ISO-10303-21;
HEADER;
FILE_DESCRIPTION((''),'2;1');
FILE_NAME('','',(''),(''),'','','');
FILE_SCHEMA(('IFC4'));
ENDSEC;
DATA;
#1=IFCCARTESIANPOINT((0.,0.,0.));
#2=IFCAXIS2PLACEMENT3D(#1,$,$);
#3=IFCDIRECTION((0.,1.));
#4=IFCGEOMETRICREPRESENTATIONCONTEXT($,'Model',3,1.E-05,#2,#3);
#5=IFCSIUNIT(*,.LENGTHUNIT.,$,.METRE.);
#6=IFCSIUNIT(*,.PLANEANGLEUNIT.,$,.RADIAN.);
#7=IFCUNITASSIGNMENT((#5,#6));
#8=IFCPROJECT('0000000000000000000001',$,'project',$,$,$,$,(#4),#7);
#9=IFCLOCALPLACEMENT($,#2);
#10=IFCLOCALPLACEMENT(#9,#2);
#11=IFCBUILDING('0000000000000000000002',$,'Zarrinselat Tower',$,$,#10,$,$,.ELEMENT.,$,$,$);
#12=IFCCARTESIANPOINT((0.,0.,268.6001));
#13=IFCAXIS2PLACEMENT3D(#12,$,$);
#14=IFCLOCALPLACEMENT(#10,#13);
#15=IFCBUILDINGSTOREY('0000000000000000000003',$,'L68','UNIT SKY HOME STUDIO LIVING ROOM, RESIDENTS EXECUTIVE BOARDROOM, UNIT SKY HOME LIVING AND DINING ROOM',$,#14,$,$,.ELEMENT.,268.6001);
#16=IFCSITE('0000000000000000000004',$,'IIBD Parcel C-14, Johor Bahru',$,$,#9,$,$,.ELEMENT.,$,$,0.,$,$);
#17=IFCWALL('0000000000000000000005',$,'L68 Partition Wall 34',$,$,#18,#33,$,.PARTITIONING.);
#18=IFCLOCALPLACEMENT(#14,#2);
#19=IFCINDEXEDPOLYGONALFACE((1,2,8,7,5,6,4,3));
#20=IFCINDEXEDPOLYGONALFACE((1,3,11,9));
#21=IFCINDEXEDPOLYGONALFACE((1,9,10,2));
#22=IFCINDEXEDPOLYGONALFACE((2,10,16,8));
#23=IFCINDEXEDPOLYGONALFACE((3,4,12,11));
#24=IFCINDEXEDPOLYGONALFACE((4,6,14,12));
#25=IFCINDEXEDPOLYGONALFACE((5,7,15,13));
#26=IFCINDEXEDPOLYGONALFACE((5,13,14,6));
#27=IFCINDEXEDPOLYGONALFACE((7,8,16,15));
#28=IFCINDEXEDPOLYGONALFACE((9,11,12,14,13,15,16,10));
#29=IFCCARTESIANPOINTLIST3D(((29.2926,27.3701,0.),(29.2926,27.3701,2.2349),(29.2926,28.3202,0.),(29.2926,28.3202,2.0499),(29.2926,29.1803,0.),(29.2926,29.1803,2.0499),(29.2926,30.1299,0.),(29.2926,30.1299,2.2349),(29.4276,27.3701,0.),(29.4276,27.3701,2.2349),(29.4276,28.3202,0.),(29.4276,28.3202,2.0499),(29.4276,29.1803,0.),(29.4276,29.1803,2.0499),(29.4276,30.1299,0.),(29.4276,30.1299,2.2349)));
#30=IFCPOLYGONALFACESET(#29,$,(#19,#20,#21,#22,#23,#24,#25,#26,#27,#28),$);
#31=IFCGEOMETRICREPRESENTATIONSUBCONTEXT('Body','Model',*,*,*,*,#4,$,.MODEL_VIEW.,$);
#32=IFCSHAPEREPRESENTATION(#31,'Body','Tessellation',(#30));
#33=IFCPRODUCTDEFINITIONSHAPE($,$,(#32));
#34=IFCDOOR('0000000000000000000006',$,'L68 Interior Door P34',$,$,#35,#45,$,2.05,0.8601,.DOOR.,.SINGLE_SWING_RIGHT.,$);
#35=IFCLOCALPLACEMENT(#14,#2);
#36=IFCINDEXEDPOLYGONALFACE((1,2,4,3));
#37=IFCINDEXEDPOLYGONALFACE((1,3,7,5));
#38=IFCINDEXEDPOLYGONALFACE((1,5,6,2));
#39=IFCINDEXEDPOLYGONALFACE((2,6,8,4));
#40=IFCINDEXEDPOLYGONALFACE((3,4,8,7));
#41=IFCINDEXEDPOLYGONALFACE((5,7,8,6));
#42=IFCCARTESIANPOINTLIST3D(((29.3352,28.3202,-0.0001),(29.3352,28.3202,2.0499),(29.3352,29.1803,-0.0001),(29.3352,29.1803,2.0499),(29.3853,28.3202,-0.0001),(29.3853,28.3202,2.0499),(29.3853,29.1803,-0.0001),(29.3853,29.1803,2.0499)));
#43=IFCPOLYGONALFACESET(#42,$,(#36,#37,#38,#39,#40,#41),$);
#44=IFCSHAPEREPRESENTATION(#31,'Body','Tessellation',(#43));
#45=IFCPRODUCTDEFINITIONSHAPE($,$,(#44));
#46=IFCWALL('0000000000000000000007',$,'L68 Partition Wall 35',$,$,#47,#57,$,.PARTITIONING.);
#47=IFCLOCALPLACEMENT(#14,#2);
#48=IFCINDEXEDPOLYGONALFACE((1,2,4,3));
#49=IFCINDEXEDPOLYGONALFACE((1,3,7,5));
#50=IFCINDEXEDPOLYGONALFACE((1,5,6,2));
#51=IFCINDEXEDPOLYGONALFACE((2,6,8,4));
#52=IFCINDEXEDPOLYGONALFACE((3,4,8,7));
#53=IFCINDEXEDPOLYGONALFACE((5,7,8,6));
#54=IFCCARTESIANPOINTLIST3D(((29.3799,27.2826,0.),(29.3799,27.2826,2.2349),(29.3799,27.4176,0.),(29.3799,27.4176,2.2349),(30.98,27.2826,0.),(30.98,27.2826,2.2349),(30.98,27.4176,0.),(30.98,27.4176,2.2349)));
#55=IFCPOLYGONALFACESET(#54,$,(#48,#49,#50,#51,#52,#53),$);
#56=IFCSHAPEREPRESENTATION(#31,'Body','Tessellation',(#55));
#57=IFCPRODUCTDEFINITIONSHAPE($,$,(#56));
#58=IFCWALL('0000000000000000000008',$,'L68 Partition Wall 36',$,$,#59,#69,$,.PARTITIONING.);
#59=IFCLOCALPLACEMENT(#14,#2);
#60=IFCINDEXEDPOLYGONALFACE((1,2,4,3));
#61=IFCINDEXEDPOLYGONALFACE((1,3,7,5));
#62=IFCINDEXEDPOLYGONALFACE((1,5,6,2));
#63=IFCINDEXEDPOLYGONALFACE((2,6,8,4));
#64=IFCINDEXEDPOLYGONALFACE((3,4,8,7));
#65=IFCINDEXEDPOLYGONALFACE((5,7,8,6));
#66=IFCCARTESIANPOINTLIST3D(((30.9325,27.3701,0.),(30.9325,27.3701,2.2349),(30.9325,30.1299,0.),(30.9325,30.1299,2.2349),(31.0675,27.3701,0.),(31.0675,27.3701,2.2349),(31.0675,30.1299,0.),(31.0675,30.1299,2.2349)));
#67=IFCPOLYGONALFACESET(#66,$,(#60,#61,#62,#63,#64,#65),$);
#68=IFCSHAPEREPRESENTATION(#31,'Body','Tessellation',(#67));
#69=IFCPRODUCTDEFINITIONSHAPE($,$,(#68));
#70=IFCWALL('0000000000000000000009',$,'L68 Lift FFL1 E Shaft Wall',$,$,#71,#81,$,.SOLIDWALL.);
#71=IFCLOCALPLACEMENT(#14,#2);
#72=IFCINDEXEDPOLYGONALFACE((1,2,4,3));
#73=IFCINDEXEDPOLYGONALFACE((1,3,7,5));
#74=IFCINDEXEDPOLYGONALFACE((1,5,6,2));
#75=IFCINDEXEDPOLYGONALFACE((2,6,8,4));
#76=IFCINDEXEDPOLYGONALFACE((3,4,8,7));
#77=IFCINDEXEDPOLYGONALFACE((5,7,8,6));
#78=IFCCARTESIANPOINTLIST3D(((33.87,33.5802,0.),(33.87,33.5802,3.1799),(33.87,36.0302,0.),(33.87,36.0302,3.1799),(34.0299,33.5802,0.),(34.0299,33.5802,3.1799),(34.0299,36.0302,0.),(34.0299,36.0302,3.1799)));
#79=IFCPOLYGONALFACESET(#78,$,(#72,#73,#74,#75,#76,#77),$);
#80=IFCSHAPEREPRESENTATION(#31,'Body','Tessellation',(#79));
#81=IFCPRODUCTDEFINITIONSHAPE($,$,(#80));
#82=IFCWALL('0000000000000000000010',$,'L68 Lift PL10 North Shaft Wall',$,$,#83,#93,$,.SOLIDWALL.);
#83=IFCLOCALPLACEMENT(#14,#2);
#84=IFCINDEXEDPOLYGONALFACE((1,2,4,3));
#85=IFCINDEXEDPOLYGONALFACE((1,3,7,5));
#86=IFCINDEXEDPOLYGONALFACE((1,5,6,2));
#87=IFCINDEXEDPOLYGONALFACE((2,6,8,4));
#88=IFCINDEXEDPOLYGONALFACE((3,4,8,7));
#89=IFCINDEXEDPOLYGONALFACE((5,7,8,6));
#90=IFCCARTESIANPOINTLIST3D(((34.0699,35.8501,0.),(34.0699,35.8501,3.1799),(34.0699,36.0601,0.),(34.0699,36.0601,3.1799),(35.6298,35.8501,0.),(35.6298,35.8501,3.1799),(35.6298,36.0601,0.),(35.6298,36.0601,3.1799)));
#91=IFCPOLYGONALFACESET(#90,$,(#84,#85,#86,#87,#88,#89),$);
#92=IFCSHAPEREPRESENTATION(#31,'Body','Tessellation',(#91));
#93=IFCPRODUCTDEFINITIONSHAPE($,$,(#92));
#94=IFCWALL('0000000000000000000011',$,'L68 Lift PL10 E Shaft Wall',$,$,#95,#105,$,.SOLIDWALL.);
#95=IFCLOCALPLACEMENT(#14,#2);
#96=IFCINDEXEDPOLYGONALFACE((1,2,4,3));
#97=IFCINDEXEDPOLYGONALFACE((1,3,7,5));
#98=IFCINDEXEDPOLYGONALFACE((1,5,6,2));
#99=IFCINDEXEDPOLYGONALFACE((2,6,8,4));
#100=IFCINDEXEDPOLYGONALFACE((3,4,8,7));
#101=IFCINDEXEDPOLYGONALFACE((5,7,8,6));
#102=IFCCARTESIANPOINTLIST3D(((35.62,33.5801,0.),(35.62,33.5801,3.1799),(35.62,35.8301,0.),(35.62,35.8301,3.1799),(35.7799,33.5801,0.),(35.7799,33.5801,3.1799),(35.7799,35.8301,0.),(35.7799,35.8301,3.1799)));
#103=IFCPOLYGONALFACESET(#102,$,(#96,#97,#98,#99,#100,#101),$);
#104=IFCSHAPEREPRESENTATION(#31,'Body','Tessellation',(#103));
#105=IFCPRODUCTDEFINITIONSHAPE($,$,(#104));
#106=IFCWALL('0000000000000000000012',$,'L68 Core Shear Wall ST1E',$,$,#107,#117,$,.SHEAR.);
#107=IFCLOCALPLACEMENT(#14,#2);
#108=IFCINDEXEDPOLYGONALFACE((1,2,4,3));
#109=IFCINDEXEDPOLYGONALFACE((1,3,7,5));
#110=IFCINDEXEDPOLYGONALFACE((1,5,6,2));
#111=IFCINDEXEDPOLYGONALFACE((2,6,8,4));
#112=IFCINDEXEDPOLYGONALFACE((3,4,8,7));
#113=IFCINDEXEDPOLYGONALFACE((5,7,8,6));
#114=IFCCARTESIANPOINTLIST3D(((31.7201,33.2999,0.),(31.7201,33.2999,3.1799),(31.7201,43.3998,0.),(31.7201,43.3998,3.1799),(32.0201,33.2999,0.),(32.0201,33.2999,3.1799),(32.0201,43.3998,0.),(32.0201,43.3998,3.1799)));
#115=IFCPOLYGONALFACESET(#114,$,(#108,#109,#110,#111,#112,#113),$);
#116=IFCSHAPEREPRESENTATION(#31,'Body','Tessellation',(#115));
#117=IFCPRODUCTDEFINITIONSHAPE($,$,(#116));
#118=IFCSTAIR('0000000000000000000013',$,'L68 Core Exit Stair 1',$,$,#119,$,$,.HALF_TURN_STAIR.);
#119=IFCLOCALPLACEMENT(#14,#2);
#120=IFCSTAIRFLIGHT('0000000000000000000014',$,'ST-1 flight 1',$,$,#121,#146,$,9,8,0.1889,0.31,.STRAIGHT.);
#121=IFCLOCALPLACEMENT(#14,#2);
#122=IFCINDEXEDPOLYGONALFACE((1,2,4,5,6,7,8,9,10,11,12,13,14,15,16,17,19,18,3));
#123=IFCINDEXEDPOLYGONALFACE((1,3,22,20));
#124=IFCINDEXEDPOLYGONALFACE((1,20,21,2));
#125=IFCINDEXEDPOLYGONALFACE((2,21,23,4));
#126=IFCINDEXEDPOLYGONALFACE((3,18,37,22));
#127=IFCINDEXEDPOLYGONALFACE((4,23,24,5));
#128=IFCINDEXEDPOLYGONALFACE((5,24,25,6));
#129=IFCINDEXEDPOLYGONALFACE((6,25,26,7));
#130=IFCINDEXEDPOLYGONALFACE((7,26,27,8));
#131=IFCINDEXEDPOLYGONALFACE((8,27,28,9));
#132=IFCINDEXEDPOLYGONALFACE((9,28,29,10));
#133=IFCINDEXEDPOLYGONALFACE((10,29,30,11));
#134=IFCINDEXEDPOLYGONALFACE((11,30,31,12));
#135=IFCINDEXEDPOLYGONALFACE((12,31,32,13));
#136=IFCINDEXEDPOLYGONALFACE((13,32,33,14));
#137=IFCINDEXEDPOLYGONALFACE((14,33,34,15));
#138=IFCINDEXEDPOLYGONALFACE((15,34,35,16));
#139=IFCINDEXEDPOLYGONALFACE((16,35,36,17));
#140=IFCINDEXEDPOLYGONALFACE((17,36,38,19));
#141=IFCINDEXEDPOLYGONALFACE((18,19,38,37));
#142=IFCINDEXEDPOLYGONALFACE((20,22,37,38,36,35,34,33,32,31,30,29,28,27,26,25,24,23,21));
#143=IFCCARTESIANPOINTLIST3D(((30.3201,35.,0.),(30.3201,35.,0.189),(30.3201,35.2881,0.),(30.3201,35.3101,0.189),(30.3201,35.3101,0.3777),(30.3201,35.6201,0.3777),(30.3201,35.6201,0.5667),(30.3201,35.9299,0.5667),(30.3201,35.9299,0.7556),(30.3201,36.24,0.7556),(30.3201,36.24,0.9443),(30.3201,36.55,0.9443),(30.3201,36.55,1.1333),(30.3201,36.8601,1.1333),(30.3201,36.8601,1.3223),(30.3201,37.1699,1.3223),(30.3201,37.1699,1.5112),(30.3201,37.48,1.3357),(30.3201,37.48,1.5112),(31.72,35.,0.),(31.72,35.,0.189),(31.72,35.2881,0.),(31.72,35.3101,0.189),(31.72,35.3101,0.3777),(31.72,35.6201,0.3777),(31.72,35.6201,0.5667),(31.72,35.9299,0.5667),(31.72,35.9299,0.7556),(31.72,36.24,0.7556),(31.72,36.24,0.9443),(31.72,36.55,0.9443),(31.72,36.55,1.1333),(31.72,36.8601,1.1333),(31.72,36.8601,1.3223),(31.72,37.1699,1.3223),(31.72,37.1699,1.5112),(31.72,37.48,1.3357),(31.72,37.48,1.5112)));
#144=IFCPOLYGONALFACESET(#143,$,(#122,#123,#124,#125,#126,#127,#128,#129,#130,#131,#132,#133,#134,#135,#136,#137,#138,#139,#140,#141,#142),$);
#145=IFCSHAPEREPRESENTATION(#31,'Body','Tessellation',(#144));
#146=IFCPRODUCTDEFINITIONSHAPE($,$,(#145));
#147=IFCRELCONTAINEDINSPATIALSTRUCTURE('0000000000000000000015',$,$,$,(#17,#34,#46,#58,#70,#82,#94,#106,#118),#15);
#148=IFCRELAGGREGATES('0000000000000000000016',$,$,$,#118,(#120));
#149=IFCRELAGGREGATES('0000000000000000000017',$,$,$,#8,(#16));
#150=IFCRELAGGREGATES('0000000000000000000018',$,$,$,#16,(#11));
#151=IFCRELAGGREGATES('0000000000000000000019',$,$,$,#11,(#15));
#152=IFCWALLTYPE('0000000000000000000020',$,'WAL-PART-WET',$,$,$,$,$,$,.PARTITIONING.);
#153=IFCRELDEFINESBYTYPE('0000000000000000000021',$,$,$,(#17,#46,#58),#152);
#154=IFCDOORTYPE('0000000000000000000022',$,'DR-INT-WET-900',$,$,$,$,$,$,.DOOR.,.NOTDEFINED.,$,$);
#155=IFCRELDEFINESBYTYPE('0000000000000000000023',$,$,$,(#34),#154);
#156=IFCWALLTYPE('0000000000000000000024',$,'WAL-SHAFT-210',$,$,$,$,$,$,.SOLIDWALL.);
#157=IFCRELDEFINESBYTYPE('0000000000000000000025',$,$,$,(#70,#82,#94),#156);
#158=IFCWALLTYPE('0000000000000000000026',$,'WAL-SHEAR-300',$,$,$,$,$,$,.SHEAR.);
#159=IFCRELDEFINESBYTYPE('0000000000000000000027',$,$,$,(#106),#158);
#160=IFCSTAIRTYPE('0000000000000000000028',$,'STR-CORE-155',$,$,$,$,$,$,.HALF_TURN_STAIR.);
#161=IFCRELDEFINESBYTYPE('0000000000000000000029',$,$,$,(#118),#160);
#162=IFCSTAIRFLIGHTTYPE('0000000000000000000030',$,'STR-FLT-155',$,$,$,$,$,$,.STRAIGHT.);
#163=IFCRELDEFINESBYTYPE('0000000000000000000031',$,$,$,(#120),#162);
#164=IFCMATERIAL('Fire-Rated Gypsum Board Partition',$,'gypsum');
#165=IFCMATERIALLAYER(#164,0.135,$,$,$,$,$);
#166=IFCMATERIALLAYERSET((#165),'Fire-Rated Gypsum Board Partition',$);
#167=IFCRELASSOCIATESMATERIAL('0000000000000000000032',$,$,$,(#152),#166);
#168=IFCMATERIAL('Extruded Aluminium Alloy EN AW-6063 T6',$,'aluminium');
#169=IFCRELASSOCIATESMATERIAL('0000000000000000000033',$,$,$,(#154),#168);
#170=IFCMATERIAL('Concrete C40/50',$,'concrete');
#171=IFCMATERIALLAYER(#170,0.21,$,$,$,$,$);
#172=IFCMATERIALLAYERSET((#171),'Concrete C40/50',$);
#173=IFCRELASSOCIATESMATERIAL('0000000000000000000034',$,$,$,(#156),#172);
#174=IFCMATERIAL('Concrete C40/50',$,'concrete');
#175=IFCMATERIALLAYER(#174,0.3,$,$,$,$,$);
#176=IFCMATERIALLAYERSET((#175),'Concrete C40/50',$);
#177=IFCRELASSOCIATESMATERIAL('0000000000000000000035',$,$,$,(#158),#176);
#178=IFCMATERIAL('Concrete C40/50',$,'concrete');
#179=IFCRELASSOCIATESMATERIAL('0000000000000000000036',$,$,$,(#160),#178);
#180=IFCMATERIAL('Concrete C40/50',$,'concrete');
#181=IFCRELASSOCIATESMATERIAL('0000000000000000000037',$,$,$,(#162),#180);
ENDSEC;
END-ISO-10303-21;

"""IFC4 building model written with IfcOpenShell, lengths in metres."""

from ifc_helpers import new_model, si_unit, direction, frame, frame_2d, origin, place, context, subcontext, project, spatial, polyline, rectangle, outline, extrude, material, layer, layer_set, type_object, element, fill, aggregate, save


model = new_model("IFC4")

# Units and contexts
model_context = context("Model", 3, precision=1e-05, world=origin(), true_north=direction((0.0, 1.0)))
body_context = subcontext(model_context, "Body", "Model", "MODEL_VIEW")
ifc_project = project(units=[si_unit("LENGTHUNIT", "METRE"), si_unit("PLANEANGLEUNIT", "RADIAN")], contexts=[model_context])

# Site, building, storey
site_placement = place(None, origin())
site = spatial("IfcSite", under=ifc_project, at=site_placement, Name="IIBD Parcel C-14, Johor Bahru", CompositionType="ELEMENT", RefElevation=0.0)
building_placement = place(site_placement, origin())
building = spatial("IfcBuilding", under=site, at=building_placement, Name="Zarrinselat Tower", CompositionType="ELEMENT")
storey_placement = place(building_placement, frame((0.0, 0.0, 268.6001)))
storey = spatial("IfcBuildingStorey", under=building, at=storey_placement, Name="L68", Description="UNIT SKY HOME STUDIO LIVING ROOM, RESIDENTS EXECUTIVE BOARDROOM, UNIT SKY HOME LIVING AND DINING ROOM", CompositionType="ELEMENT", Elevation=268.6001)

# Wall, opening, door
ifc_material_1 = material(Name="Fire-Rated Gypsum Board Partition", Category="gypsum")
ifc_layer_1 = layer(ifc_material_1, 0.135)
ifc_layer_set_1 = layer_set([ifc_layer_1], Name="Fire-Rated Gypsum Board Partition")
wall_type_1 = type_object("IfcWallType", Name="WAL-PART-WET", PredefinedType="PARTITIONING", material=ifc_layer_set_1)
wall_1_placement = place(storey_placement, frame((29.3601, 27.3701, 0.0), z_axis=(0.0, 0.0, 1.0), x_axis=(0.0, 1.0, 0.0)))
wall_1 = element("IfcWall", 1, at=wall_1_placement, inside=storey, type_object=wall_type_1, Name="L68 Partition Wall 34", PredefinedType="PARTITIONING", context=body_context, shape_type="SweptSolid", body=[
    extrude(rectangle(XDim=2.7598, YDim=0.135, at=frame_2d((1.3799, 0.0))), origin(), (0.0, 0.0, 1.0), 2.2349),
])
opening_1_placement = place(wall_1_placement, frame((0.95, 0.0, 0.0)))
opening_1 = element("IfcOpeningElement", 2, at=opening_1_placement, cuts=wall_1, PredefinedType="OPENING", context=body_context, shape_type="SweptSolid", body=[
    extrude(rectangle(XDim=0.8601, YDim=2.05, at=frame_2d((0.4302, 1.0249))), frame((0.0, 0.0774, 0.0), z_axis=(0.0, -1.0, 0.0), x_axis=(1.0, 0.0, 0.0)), (0.0, 0.0, 1.0), 0.155),
])
ifc_material_2 = material(Name="Extruded Aluminium Alloy EN AW-6063 T6", Category="aluminium")
door_type_1 = type_object("IfcDoorType", Name="DR-INT-WET-900", OperationType="NOTDEFINED", PredefinedType="DOOR", material=ifc_material_2)
door_1_placement = place(opening_1_placement, origin())
door_1 = element("IfcDoor", 3, at=door_1_placement, inside=storey, type_object=door_type_1, Name="L68 Interior Door P34", OperationType="SINGLE_SWING_RIGHT", OverallHeight=2.05, OverallWidth=0.8601, PredefinedType="DOOR", context=body_context, shape_type="SweptSolid", body=[
    extrude(rectangle(XDim=0.8601, YDim=2.05, at=frame_2d((0.4302, 1.0249))), frame((0.0, 0.0249, 0.0), z_axis=(0.0, -1.0, 0.0), x_axis=(1.0, 0.0, 0.0)), (0.0, 0.0, 1.0), 0.05),
])
fill(opening_1, door_1)

# Walls
wall_2_placement = place(storey_placement, frame((29.3799, 27.3501, 0.0), z_axis=(0.0, 0.0, 1.0), x_axis=(1.0, 0.0, 0.0)))
element("IfcWall", 4, at=wall_2_placement, inside=storey, type_object=wall_type_1, Name="L68 Partition Wall 35", PredefinedType="PARTITIONING", context=body_context, shape_type="SweptSolid", body=[
    extrude(rectangle(XDim=1.6001, YDim=0.135, at=frame_2d((0.8, 0.0))), origin(), (0.0, 0.0, 1.0), 2.2349),
])
wall_3_placement = place(storey_placement, frame((31.0, 27.3701, 0.0), z_axis=(0.0, 0.0, 1.0), x_axis=(0.0, 1.0, 0.0)))
element("IfcWall", 5, at=wall_3_placement, inside=storey, type_object=wall_type_1, Name="L68 Partition Wall 36", PredefinedType="PARTITIONING", context=body_context, shape_type="SweptSolid", body=[
    extrude(rectangle(XDim=2.7598, YDim=0.135, at=frame_2d((1.3799, 0.0))), origin(), (0.0, 0.0, 1.0), 2.2349),
])
ifc_material_3 = material(Name="Concrete C40/50", Category="concrete")
ifc_layer_2 = layer(ifc_material_3, 0.21)
ifc_layer_set_2 = layer_set([ifc_layer_2], Name="Concrete C40/50")
wall_type_2 = type_object("IfcWallType", Name="WAL-SHAFT-210", PredefinedType="SOLIDWALL", material=ifc_layer_set_2)
wall_4_placement = place(storey_placement, frame((33.95, 33.5801, 0.0), z_axis=(0.0, 0.0, 1.0), x_axis=(0.0, 1.0, 0.0)))
element("IfcWall", 6, at=wall_4_placement, inside=storey, type_object=wall_type_2, Name="L68 Lift FFL1 E Shaft Wall", PredefinedType="SOLIDWALL", context=body_context, shape_type="SweptSolid", body=[
    extrude(rectangle(XDim=2.45, YDim=0.1599, at=frame_2d((1.2251, 0.0))), origin(), (0.0, 0.0, 1.0), 3.1799),
])
wall_5_placement = place(storey_placement, frame((34.0701, 35.9551, 0.0), z_axis=(0.0, 0.0, 1.0), x_axis=(1.0, 0.0, 0.0)))
element("IfcWall", 7, at=wall_5_placement, inside=storey, type_object=wall_type_2, Name="L68 Lift PL10 North Shaft Wall", PredefinedType="SOLIDWALL", context=body_context, shape_type="SweptSolid", body=[
    extrude(rectangle(XDim=1.5598, YDim=0.21, at=frame_2d((0.7798, 0.0))), origin(), (0.0, 0.0, 1.0), 3.1799),
])
wall_6_placement = place(storey_placement, frame((35.7, 33.5801, 0.0), z_axis=(0.0, 0.0, 1.0), x_axis=(0.0, 1.0, 0.0)))
element("IfcWall", 8, at=wall_6_placement, inside=storey, type_object=wall_type_2, Name="L68 Lift PL10 E Shaft Wall", PredefinedType="SOLIDWALL", context=body_context, shape_type="SweptSolid", body=[
    extrude(rectangle(XDim=2.25, YDim=0.1599, at=frame_2d((1.125, 0.0))), origin(), (0.0, 0.0, 1.0), 3.1799),
])
ifc_material_4 = material(Name="Concrete C40/50", Category="concrete")
ifc_layer_3 = layer(ifc_material_4, 0.3)
ifc_layer_set_3 = layer_set([ifc_layer_3], Name="Concrete C40/50")
wall_type_3 = type_object("IfcWallType", Name="WAL-SHEAR-300", PredefinedType="SHEAR", material=ifc_layer_set_3)
wall_7_placement = place(storey_placement, frame((31.8701, 33.3, 0.0), z_axis=(0.0, 0.0, 1.0), x_axis=(0.0, 1.0, 0.0)))
element("IfcWall", 9, at=wall_7_placement, inside=storey, type_object=wall_type_3, Name="L68 Core Shear Wall ST1E", PredefinedType="SHEAR", context=body_context, shape_type="SweptSolid", body=[
    extrude(rectangle(XDim=10.0999, YDim=0.3, at=frame_2d((5.0498, 0.0))), origin(), (0.0, 0.0, 1.0), 3.1799),
])

# Stair, stair flight
ifc_material_5 = material(Name="Concrete C40/50", Category="concrete")
stair_type = type_object("IfcStairType", Name="STR-CORE-155", PredefinedType="HALF_TURN_STAIR", material=ifc_material_5)
stair_placement = place(storey_placement, origin())
stair = element("IfcStair", 10, at=stair_placement, inside=storey, type_object=stair_type, Name="L68 Core Exit Stair 1", PredefinedType="HALF_TURN_STAIR")
ifc_material_6 = material(Name="Concrete C40/50", Category="concrete")
stair_flight_type = type_object("IfcStairFlightType", Name="STR-FLT-155", PredefinedType="STRAIGHT", material=ifc_material_6)
stair_flight_placement = place(storey_placement, frame((31.02, 35.0, 0.0), z_axis=(0.0, 0.0, 1.0), x_axis=(0.0, 1.0, 0.0)))
stair_flight = element("IfcStairFlight", 11, at=stair_flight_placement, type_object=stair_flight_type, Name="ST-1 flight 1", NumberOfRisers=9, NumberOfTreads=8, PredefinedType="STRAIGHT", RiserHeight=0.1889, TreadLength=0.31, context=body_context, shape_type="SweptSolid", body=[
    extrude(outline(polyline([(0.0, 0.0), (0.0, 0.189), (0.3101, 0.189), (0.3101, 0.3777), (0.6201, 0.3777), (0.6201, 0.5667), (0.9299, 0.5667), (0.9299, 0.7556), (1.24, 0.7556), (1.24, 0.9443), (1.55, 0.9443), (1.55, 1.1333), (1.8601, 1.1333), (1.8601, 1.3223), (2.1699, 1.3223), (2.1699, 1.5112), (2.48, 1.5112), (2.48, 1.7), (2.48, 1.3357), (0.2881, 0.0), (0.0, 0.0)])), frame((0.0, 0.7, 0.0), z_axis=(0.0, -1.0, 0.0), x_axis=(1.0, 0.0, 0.0)), (0.0, 0.0, 1.0), 1.3999),
])
aggregate(stair, [stair_flight])

save(model, "model.ifc")
